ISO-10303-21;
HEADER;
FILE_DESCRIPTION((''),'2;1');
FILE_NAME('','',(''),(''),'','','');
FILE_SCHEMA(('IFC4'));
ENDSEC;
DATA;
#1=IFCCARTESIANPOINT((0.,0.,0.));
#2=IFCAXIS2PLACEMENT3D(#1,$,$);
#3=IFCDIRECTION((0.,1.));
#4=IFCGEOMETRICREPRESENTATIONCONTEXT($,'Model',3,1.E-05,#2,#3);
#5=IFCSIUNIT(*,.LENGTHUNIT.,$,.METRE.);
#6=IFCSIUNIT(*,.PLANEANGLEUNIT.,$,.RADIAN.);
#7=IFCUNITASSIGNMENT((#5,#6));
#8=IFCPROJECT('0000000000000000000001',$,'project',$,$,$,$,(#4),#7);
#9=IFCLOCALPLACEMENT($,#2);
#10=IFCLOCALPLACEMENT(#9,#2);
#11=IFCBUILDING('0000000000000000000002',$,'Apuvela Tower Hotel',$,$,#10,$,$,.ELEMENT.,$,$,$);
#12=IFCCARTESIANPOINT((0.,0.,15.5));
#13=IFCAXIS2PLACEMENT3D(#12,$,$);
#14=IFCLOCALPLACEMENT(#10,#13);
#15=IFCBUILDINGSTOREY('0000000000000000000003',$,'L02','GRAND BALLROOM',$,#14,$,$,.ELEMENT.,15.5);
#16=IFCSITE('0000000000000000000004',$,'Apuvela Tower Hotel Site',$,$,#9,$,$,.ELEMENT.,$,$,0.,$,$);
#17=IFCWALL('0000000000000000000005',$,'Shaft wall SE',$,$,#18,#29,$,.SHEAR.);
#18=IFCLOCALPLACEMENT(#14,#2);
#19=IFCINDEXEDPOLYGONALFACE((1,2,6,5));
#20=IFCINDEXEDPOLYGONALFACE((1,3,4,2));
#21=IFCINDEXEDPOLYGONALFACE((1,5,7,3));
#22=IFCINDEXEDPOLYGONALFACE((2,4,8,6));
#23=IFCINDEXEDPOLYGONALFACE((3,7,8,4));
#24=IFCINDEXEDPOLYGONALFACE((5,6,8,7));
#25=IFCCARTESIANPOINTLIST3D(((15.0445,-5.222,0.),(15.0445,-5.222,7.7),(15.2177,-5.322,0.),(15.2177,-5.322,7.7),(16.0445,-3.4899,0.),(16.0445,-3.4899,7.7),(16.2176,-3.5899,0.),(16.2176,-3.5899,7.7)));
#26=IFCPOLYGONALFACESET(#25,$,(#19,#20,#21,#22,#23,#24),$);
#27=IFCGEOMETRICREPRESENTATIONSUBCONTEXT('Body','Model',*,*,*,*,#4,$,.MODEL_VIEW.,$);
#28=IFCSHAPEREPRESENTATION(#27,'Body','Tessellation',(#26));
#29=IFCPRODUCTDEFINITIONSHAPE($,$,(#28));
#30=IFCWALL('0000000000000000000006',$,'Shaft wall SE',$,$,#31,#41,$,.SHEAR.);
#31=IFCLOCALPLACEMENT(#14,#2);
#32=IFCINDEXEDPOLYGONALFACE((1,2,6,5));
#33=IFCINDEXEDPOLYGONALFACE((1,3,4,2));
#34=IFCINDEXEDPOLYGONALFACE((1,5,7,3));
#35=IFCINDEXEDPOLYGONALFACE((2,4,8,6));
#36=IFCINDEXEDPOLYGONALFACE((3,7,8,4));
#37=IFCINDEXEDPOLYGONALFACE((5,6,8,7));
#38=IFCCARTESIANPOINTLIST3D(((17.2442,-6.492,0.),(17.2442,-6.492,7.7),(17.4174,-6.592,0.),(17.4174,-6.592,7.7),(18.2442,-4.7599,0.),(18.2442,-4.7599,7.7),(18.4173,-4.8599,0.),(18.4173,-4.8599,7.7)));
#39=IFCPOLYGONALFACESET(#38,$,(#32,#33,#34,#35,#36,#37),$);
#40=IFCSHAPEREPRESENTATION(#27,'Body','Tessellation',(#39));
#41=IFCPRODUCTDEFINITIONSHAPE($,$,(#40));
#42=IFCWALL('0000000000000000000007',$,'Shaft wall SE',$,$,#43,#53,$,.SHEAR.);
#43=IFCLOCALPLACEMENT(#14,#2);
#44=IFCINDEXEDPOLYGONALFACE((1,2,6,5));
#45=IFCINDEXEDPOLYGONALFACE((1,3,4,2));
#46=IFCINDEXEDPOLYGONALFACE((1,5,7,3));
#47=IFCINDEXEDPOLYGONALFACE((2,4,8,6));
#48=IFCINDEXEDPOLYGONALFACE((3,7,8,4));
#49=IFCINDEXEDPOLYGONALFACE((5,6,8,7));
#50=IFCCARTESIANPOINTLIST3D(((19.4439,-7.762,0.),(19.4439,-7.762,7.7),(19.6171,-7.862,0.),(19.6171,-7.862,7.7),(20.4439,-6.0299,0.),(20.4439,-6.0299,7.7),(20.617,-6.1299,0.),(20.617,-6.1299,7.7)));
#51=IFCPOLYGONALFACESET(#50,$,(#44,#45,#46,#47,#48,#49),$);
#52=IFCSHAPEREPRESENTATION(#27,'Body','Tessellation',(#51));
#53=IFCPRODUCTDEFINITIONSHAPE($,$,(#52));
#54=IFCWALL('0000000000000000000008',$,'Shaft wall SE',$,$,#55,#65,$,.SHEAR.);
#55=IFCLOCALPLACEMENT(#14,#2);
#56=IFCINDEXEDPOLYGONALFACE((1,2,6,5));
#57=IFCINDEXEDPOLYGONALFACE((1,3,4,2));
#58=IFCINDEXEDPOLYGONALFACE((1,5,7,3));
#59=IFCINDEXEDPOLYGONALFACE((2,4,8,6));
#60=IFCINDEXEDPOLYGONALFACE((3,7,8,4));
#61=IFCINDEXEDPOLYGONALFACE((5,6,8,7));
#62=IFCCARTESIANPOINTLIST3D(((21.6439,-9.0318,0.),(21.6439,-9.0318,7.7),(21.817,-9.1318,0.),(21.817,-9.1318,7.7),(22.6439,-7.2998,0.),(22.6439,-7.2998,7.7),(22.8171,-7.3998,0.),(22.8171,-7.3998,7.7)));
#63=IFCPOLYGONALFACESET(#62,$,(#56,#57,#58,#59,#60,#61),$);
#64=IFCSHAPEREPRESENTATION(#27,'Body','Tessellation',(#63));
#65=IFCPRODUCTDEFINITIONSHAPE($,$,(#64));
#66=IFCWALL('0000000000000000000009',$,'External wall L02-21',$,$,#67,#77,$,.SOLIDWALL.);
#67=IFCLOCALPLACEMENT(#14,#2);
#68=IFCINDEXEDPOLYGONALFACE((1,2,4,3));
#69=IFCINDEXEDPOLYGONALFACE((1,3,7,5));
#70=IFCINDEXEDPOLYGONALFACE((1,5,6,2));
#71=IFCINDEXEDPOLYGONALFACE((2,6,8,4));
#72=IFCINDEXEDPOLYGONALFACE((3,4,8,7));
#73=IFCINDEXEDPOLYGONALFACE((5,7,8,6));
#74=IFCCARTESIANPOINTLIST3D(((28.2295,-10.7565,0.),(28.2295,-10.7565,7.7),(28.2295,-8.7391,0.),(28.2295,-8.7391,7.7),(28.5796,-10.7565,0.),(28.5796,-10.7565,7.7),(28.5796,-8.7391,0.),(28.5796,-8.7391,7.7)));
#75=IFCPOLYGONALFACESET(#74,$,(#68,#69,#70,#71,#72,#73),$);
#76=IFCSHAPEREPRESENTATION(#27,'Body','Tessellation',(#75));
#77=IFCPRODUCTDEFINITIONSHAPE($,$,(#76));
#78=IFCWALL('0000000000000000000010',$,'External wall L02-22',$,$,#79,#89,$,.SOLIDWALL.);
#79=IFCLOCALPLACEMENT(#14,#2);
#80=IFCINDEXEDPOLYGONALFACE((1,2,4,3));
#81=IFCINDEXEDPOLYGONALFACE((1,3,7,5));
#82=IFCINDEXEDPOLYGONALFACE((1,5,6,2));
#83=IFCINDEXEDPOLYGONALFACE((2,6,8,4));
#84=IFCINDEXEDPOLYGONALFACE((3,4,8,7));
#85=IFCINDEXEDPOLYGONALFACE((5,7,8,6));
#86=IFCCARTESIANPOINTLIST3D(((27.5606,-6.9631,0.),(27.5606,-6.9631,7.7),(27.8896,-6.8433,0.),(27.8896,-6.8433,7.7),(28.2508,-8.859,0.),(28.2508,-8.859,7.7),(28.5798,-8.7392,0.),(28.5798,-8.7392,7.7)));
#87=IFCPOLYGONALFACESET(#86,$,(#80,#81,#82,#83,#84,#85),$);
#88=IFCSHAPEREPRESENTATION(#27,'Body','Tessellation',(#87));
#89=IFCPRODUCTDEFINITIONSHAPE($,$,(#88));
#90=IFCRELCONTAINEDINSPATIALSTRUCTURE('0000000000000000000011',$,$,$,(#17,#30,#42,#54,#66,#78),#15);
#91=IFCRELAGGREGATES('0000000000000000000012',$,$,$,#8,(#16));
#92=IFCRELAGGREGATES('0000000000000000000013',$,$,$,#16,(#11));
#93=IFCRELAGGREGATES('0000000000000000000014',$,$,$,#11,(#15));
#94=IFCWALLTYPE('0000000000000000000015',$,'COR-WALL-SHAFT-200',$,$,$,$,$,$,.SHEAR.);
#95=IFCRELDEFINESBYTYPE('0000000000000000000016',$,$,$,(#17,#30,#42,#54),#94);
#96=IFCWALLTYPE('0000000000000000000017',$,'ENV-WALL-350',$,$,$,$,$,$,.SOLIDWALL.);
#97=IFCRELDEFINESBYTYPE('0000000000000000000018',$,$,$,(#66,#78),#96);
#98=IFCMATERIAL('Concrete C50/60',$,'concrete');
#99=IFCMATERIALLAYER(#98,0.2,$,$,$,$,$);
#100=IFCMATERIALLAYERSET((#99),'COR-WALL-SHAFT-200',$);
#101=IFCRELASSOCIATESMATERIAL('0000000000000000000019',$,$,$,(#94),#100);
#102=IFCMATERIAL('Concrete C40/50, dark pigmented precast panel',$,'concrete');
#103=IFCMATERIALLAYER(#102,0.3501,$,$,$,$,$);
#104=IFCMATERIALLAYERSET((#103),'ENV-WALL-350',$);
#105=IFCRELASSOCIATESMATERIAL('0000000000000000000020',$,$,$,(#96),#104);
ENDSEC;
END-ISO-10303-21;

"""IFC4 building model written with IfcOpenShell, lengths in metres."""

from ifc_helpers import new_model, si_unit, direction, frame, frame_2d, origin, place, context, subcontext, project, spatial, rectangle, extrude, material, layer, layer_set, type_object, element, save


model = new_model("IFC4")

# Units and contexts
model_context = context("Model", 3, precision=1e-05, world=origin(), true_north=direction((0.0, 1.0)))
body_context = subcontext(model_context, "Body", "Model", "MODEL_VIEW")
ifc_project = project(units=[si_unit("LENGTHUNIT", "METRE"), si_unit("PLANEANGLEUNIT", "RADIAN")], contexts=[model_context])

# Site, building, storey
site_placement = place(None, origin())
site = spatial("IfcSite", under=ifc_project, at=site_placement, Name="Apuvela Tower Hotel Site", CompositionType="ELEMENT", RefElevation=0.0)
building_placement = place(site_placement, origin())
building = spatial("IfcBuilding", under=site, at=building_placement, Name="Apuvela Tower Hotel", CompositionType="ELEMENT")
storey_placement = place(building_placement, frame((0.0, 0.0, 15.5)))
storey = spatial("IfcBuildingStorey", under=building, at=storey_placement, Name="L02", Description="GRAND BALLROOM", CompositionType="ELEMENT", Elevation=15.5)

# Walls
ifc_material_1 = material(Name="Concrete C50/60", Category="concrete")
ifc_layer_1 = layer(ifc_material_1, 0.2)
ifc_layer_set_1 = layer_set([ifc_layer_1], Name="COR-WALL-SHAFT-200")
wall_type_1 = type_object("IfcWallType", Name="COR-WALL-SHAFT-200", PredefinedType="SHEAR", material=ifc_layer_set_1)
for number, where, z_axis, x_axis, name in (
    (1, (15.1311, -5.272, 0.0), (0.0, 0.0, 1.0), (0.499973, 0.866041, 0.0), "Shaft wall SE"),
    (2, (17.3308, -6.542, 0.0), (0.0, 0.0, 1.0), (0.499973, 0.866041, 0.0), "Shaft wall SE"),
    (3, (19.5305, -7.812, 0.0), (0.0, 0.0, 1.0), (0.499973, 0.866041, 0.0), "Shaft wall SE"),
    (4, (21.7305, -9.0818, 0.0), (0.0, 0.0, 1.0), (0.500025, 0.866011, 0.0), "Shaft wall SE"),
):
    element("IfcWall", number, at=place(storey_placement, frame(where, z_axis=z_axis, x_axis=x_axis)), inside=storey, type_object=wall_type_1, Name=name, PredefinedType="SHEAR", context=body_context, shape_type="SweptSolid", body=[
        extrude(rectangle(XDim=2.0, YDim=0.2, at=frame_2d((1.0, 0.0))), origin(), (0.0, 0.0, 1.0), 7.7),
    ])
ifc_material_2 = material(Name="Concrete C40/50, dark pigmented precast panel", Category="concrete")
ifc_layer_2 = layer(ifc_material_2, 0.3501)
ifc_layer_set_2 = layer_set([ifc_layer_2], Name="ENV-WALL-350")
wall_type_2 = type_object("IfcWallType", Name="ENV-WALL-350", PredefinedType="SOLIDWALL", material=ifc_layer_set_2)
wall_1_placement = place(storey_placement, frame((28.4045, -10.7566, 0.0), z_axis=(0.0, 0.0, 1.0), x_axis=(0.0, 1.0, 0.0)))
element("IfcWall", 5, at=wall_1_placement, inside=storey, type_object=wall_type_2, Name="External wall L02-21", PredefinedType="SOLIDWALL", context=body_context, shape_type="SweptSolid", body=[
    extrude(rectangle(XDim=2.0173, YDim=0.3501, at=frame_2d((1.0088, 0.0))), origin(), (0.0, 0.0, 1.0), 7.7),
])
wall_2_placement = place(storey_placement, frame((28.4153, -8.7991, 0.0), z_axis=(0.0, 0.0, 1.0), x_axis=(-0.342103, 0.939663, 0.0)))
element("IfcWall", 6, at=wall_2_placement, inside=storey, type_object=wall_type_2, Name="External wall L02-22", PredefinedType="SOLIDWALL", context=body_context, shape_type="SweptSolid", body=[
    extrude(rectangle(XDim=2.0176, YDim=0.3501, at=frame_2d((1.0088, 0.0))), origin(), (0.0, 0.0, 1.0), 7.7),
])

save(model, "model.ifc")
